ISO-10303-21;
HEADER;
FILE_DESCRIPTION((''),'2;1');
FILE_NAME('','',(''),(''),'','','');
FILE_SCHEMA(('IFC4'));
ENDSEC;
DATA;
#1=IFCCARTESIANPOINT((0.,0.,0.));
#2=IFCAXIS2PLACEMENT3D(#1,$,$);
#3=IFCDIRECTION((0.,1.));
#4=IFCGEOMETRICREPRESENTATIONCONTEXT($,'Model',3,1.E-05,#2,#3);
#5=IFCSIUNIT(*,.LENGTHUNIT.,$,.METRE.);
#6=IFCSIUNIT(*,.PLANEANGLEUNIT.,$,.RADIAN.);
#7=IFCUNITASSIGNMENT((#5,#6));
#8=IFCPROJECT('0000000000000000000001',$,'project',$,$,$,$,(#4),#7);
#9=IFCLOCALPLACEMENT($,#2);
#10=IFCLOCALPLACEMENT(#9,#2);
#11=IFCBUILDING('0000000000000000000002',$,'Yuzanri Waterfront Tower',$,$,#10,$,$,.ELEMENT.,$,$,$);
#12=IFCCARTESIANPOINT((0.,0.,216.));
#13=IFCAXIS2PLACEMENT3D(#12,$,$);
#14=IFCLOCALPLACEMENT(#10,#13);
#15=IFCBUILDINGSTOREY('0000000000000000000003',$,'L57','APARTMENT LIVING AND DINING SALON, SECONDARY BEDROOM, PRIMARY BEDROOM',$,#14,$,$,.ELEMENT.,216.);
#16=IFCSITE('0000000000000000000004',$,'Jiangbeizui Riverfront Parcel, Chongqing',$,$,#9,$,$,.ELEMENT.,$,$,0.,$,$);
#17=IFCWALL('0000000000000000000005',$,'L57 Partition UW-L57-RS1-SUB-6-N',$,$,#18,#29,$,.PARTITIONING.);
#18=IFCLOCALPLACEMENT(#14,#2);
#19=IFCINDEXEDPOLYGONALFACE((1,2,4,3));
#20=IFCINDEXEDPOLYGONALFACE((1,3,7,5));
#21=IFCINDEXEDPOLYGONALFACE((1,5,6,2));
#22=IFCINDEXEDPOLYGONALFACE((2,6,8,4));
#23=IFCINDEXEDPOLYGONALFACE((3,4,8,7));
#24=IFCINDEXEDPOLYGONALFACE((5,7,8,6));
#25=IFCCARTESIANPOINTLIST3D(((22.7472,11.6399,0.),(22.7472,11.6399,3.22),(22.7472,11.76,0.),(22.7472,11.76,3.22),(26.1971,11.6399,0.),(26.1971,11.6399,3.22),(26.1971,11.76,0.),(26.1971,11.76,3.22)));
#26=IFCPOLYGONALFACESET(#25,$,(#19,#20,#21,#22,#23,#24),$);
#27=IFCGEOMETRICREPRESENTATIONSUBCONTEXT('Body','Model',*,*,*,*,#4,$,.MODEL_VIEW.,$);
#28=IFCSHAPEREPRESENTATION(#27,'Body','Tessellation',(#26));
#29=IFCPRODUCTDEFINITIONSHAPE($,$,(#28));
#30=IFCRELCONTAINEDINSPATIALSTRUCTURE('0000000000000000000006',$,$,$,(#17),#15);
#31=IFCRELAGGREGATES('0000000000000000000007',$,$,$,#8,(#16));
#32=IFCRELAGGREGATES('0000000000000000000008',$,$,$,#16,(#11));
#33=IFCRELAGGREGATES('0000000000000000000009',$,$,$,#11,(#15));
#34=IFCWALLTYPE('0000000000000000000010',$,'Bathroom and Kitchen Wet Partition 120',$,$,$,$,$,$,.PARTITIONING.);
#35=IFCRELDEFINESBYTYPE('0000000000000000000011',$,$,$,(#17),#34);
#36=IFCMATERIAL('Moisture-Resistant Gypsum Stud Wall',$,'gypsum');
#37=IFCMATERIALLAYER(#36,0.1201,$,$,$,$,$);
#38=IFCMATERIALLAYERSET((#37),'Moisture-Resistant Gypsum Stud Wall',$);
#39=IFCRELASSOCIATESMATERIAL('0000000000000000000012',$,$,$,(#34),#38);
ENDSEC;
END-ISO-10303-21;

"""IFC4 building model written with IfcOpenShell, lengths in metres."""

from ifc_helpers import new_model, si_unit, direction, frame, frame_2d, origin, place, context, subcontext, project, spatial, rectangle, extrude, source, transform, mapped, material, layer, layer_set, type_object, element, save


model = new_model("IFC4")

# Units and contexts
model_context = context("Model", 3, precision=1e-05, world=origin(), true_north=direction((0.0, 1.0)))
body_context = subcontext(model_context, "Body", "Model", "MODEL_VIEW")
ifc_project = project(units=[si_unit("LENGTHUNIT", "METRE"), si_unit("PLANEANGLEUNIT", "RADIAN")], contexts=[model_context])

# Site, building, storey
site_placement = place(None, origin())
site = spatial("IfcSite", under=ifc_project, at=site_placement, Name="Jiangbeizui Riverfront Parcel, Chongqing", CompositionType="ELEMENT", RefElevation=0.0)
building_placement = place(site_placement, origin())
building = spatial("IfcBuilding", under=site, at=building_placement, Name="Yuzanri Waterfront Tower", CompositionType="ELEMENT")
storey_placement = place(building_placement, frame((0.0, 0.0, 216.0)))
storey = spatial("IfcBuildingStorey", under=building, at=storey_placement, Name="L57", Description="APARTMENT LIVING AND DINING SALON, SECONDARY BEDROOM, PRIMARY BEDROOM", CompositionType="ELEMENT", Elevation=216.0)

# Shared definitions
ifc_material_1 = material(Name="Moisture-Resistant Gypsum Stud Wall", Category="gypsum")
ifc_layer_1 = layer(ifc_material_1, 0.1201)
ifc_layer_set_1 = layer_set([ifc_layer_1], Name="Moisture-Resistant Gypsum Stud Wall")
wall_type_1 = type_object("IfcWallType", Name="Bathroom and Kitchen Wet Partition 120", PredefinedType="PARTITIONING", material=ifc_layer_set_1)

# Wall
shared_shape_1 = source(origin(), body_context, "Body", "SweptSolid", [
    extrude(rectangle(XDim=3.45, YDim=0.1201, at=frame_2d((1.7251, 0.0))), origin(), (0.0, 0.0, 1.0), 3.22),
])
wall_1_placement = place(storey_placement, frame((22.7471, 11.7, 0.0), z_axis=(0.0, 0.0, 1.0), x_axis=(1.0, 0.0, 0.0)))
element("IfcWall", 1, at=wall_1_placement, inside=storey, type_object=wall_type_1, Name="L57 Partition UW-L57-RS1-SUB-6-N", PredefinedType="PARTITIONING", context=body_context, shape_type="MappedRepresentation", body=[
    mapped(shared_shape_1, transform((0.0, 0.0, 0.0), scale=1.0)),
])

save(model, "model.ifc")
